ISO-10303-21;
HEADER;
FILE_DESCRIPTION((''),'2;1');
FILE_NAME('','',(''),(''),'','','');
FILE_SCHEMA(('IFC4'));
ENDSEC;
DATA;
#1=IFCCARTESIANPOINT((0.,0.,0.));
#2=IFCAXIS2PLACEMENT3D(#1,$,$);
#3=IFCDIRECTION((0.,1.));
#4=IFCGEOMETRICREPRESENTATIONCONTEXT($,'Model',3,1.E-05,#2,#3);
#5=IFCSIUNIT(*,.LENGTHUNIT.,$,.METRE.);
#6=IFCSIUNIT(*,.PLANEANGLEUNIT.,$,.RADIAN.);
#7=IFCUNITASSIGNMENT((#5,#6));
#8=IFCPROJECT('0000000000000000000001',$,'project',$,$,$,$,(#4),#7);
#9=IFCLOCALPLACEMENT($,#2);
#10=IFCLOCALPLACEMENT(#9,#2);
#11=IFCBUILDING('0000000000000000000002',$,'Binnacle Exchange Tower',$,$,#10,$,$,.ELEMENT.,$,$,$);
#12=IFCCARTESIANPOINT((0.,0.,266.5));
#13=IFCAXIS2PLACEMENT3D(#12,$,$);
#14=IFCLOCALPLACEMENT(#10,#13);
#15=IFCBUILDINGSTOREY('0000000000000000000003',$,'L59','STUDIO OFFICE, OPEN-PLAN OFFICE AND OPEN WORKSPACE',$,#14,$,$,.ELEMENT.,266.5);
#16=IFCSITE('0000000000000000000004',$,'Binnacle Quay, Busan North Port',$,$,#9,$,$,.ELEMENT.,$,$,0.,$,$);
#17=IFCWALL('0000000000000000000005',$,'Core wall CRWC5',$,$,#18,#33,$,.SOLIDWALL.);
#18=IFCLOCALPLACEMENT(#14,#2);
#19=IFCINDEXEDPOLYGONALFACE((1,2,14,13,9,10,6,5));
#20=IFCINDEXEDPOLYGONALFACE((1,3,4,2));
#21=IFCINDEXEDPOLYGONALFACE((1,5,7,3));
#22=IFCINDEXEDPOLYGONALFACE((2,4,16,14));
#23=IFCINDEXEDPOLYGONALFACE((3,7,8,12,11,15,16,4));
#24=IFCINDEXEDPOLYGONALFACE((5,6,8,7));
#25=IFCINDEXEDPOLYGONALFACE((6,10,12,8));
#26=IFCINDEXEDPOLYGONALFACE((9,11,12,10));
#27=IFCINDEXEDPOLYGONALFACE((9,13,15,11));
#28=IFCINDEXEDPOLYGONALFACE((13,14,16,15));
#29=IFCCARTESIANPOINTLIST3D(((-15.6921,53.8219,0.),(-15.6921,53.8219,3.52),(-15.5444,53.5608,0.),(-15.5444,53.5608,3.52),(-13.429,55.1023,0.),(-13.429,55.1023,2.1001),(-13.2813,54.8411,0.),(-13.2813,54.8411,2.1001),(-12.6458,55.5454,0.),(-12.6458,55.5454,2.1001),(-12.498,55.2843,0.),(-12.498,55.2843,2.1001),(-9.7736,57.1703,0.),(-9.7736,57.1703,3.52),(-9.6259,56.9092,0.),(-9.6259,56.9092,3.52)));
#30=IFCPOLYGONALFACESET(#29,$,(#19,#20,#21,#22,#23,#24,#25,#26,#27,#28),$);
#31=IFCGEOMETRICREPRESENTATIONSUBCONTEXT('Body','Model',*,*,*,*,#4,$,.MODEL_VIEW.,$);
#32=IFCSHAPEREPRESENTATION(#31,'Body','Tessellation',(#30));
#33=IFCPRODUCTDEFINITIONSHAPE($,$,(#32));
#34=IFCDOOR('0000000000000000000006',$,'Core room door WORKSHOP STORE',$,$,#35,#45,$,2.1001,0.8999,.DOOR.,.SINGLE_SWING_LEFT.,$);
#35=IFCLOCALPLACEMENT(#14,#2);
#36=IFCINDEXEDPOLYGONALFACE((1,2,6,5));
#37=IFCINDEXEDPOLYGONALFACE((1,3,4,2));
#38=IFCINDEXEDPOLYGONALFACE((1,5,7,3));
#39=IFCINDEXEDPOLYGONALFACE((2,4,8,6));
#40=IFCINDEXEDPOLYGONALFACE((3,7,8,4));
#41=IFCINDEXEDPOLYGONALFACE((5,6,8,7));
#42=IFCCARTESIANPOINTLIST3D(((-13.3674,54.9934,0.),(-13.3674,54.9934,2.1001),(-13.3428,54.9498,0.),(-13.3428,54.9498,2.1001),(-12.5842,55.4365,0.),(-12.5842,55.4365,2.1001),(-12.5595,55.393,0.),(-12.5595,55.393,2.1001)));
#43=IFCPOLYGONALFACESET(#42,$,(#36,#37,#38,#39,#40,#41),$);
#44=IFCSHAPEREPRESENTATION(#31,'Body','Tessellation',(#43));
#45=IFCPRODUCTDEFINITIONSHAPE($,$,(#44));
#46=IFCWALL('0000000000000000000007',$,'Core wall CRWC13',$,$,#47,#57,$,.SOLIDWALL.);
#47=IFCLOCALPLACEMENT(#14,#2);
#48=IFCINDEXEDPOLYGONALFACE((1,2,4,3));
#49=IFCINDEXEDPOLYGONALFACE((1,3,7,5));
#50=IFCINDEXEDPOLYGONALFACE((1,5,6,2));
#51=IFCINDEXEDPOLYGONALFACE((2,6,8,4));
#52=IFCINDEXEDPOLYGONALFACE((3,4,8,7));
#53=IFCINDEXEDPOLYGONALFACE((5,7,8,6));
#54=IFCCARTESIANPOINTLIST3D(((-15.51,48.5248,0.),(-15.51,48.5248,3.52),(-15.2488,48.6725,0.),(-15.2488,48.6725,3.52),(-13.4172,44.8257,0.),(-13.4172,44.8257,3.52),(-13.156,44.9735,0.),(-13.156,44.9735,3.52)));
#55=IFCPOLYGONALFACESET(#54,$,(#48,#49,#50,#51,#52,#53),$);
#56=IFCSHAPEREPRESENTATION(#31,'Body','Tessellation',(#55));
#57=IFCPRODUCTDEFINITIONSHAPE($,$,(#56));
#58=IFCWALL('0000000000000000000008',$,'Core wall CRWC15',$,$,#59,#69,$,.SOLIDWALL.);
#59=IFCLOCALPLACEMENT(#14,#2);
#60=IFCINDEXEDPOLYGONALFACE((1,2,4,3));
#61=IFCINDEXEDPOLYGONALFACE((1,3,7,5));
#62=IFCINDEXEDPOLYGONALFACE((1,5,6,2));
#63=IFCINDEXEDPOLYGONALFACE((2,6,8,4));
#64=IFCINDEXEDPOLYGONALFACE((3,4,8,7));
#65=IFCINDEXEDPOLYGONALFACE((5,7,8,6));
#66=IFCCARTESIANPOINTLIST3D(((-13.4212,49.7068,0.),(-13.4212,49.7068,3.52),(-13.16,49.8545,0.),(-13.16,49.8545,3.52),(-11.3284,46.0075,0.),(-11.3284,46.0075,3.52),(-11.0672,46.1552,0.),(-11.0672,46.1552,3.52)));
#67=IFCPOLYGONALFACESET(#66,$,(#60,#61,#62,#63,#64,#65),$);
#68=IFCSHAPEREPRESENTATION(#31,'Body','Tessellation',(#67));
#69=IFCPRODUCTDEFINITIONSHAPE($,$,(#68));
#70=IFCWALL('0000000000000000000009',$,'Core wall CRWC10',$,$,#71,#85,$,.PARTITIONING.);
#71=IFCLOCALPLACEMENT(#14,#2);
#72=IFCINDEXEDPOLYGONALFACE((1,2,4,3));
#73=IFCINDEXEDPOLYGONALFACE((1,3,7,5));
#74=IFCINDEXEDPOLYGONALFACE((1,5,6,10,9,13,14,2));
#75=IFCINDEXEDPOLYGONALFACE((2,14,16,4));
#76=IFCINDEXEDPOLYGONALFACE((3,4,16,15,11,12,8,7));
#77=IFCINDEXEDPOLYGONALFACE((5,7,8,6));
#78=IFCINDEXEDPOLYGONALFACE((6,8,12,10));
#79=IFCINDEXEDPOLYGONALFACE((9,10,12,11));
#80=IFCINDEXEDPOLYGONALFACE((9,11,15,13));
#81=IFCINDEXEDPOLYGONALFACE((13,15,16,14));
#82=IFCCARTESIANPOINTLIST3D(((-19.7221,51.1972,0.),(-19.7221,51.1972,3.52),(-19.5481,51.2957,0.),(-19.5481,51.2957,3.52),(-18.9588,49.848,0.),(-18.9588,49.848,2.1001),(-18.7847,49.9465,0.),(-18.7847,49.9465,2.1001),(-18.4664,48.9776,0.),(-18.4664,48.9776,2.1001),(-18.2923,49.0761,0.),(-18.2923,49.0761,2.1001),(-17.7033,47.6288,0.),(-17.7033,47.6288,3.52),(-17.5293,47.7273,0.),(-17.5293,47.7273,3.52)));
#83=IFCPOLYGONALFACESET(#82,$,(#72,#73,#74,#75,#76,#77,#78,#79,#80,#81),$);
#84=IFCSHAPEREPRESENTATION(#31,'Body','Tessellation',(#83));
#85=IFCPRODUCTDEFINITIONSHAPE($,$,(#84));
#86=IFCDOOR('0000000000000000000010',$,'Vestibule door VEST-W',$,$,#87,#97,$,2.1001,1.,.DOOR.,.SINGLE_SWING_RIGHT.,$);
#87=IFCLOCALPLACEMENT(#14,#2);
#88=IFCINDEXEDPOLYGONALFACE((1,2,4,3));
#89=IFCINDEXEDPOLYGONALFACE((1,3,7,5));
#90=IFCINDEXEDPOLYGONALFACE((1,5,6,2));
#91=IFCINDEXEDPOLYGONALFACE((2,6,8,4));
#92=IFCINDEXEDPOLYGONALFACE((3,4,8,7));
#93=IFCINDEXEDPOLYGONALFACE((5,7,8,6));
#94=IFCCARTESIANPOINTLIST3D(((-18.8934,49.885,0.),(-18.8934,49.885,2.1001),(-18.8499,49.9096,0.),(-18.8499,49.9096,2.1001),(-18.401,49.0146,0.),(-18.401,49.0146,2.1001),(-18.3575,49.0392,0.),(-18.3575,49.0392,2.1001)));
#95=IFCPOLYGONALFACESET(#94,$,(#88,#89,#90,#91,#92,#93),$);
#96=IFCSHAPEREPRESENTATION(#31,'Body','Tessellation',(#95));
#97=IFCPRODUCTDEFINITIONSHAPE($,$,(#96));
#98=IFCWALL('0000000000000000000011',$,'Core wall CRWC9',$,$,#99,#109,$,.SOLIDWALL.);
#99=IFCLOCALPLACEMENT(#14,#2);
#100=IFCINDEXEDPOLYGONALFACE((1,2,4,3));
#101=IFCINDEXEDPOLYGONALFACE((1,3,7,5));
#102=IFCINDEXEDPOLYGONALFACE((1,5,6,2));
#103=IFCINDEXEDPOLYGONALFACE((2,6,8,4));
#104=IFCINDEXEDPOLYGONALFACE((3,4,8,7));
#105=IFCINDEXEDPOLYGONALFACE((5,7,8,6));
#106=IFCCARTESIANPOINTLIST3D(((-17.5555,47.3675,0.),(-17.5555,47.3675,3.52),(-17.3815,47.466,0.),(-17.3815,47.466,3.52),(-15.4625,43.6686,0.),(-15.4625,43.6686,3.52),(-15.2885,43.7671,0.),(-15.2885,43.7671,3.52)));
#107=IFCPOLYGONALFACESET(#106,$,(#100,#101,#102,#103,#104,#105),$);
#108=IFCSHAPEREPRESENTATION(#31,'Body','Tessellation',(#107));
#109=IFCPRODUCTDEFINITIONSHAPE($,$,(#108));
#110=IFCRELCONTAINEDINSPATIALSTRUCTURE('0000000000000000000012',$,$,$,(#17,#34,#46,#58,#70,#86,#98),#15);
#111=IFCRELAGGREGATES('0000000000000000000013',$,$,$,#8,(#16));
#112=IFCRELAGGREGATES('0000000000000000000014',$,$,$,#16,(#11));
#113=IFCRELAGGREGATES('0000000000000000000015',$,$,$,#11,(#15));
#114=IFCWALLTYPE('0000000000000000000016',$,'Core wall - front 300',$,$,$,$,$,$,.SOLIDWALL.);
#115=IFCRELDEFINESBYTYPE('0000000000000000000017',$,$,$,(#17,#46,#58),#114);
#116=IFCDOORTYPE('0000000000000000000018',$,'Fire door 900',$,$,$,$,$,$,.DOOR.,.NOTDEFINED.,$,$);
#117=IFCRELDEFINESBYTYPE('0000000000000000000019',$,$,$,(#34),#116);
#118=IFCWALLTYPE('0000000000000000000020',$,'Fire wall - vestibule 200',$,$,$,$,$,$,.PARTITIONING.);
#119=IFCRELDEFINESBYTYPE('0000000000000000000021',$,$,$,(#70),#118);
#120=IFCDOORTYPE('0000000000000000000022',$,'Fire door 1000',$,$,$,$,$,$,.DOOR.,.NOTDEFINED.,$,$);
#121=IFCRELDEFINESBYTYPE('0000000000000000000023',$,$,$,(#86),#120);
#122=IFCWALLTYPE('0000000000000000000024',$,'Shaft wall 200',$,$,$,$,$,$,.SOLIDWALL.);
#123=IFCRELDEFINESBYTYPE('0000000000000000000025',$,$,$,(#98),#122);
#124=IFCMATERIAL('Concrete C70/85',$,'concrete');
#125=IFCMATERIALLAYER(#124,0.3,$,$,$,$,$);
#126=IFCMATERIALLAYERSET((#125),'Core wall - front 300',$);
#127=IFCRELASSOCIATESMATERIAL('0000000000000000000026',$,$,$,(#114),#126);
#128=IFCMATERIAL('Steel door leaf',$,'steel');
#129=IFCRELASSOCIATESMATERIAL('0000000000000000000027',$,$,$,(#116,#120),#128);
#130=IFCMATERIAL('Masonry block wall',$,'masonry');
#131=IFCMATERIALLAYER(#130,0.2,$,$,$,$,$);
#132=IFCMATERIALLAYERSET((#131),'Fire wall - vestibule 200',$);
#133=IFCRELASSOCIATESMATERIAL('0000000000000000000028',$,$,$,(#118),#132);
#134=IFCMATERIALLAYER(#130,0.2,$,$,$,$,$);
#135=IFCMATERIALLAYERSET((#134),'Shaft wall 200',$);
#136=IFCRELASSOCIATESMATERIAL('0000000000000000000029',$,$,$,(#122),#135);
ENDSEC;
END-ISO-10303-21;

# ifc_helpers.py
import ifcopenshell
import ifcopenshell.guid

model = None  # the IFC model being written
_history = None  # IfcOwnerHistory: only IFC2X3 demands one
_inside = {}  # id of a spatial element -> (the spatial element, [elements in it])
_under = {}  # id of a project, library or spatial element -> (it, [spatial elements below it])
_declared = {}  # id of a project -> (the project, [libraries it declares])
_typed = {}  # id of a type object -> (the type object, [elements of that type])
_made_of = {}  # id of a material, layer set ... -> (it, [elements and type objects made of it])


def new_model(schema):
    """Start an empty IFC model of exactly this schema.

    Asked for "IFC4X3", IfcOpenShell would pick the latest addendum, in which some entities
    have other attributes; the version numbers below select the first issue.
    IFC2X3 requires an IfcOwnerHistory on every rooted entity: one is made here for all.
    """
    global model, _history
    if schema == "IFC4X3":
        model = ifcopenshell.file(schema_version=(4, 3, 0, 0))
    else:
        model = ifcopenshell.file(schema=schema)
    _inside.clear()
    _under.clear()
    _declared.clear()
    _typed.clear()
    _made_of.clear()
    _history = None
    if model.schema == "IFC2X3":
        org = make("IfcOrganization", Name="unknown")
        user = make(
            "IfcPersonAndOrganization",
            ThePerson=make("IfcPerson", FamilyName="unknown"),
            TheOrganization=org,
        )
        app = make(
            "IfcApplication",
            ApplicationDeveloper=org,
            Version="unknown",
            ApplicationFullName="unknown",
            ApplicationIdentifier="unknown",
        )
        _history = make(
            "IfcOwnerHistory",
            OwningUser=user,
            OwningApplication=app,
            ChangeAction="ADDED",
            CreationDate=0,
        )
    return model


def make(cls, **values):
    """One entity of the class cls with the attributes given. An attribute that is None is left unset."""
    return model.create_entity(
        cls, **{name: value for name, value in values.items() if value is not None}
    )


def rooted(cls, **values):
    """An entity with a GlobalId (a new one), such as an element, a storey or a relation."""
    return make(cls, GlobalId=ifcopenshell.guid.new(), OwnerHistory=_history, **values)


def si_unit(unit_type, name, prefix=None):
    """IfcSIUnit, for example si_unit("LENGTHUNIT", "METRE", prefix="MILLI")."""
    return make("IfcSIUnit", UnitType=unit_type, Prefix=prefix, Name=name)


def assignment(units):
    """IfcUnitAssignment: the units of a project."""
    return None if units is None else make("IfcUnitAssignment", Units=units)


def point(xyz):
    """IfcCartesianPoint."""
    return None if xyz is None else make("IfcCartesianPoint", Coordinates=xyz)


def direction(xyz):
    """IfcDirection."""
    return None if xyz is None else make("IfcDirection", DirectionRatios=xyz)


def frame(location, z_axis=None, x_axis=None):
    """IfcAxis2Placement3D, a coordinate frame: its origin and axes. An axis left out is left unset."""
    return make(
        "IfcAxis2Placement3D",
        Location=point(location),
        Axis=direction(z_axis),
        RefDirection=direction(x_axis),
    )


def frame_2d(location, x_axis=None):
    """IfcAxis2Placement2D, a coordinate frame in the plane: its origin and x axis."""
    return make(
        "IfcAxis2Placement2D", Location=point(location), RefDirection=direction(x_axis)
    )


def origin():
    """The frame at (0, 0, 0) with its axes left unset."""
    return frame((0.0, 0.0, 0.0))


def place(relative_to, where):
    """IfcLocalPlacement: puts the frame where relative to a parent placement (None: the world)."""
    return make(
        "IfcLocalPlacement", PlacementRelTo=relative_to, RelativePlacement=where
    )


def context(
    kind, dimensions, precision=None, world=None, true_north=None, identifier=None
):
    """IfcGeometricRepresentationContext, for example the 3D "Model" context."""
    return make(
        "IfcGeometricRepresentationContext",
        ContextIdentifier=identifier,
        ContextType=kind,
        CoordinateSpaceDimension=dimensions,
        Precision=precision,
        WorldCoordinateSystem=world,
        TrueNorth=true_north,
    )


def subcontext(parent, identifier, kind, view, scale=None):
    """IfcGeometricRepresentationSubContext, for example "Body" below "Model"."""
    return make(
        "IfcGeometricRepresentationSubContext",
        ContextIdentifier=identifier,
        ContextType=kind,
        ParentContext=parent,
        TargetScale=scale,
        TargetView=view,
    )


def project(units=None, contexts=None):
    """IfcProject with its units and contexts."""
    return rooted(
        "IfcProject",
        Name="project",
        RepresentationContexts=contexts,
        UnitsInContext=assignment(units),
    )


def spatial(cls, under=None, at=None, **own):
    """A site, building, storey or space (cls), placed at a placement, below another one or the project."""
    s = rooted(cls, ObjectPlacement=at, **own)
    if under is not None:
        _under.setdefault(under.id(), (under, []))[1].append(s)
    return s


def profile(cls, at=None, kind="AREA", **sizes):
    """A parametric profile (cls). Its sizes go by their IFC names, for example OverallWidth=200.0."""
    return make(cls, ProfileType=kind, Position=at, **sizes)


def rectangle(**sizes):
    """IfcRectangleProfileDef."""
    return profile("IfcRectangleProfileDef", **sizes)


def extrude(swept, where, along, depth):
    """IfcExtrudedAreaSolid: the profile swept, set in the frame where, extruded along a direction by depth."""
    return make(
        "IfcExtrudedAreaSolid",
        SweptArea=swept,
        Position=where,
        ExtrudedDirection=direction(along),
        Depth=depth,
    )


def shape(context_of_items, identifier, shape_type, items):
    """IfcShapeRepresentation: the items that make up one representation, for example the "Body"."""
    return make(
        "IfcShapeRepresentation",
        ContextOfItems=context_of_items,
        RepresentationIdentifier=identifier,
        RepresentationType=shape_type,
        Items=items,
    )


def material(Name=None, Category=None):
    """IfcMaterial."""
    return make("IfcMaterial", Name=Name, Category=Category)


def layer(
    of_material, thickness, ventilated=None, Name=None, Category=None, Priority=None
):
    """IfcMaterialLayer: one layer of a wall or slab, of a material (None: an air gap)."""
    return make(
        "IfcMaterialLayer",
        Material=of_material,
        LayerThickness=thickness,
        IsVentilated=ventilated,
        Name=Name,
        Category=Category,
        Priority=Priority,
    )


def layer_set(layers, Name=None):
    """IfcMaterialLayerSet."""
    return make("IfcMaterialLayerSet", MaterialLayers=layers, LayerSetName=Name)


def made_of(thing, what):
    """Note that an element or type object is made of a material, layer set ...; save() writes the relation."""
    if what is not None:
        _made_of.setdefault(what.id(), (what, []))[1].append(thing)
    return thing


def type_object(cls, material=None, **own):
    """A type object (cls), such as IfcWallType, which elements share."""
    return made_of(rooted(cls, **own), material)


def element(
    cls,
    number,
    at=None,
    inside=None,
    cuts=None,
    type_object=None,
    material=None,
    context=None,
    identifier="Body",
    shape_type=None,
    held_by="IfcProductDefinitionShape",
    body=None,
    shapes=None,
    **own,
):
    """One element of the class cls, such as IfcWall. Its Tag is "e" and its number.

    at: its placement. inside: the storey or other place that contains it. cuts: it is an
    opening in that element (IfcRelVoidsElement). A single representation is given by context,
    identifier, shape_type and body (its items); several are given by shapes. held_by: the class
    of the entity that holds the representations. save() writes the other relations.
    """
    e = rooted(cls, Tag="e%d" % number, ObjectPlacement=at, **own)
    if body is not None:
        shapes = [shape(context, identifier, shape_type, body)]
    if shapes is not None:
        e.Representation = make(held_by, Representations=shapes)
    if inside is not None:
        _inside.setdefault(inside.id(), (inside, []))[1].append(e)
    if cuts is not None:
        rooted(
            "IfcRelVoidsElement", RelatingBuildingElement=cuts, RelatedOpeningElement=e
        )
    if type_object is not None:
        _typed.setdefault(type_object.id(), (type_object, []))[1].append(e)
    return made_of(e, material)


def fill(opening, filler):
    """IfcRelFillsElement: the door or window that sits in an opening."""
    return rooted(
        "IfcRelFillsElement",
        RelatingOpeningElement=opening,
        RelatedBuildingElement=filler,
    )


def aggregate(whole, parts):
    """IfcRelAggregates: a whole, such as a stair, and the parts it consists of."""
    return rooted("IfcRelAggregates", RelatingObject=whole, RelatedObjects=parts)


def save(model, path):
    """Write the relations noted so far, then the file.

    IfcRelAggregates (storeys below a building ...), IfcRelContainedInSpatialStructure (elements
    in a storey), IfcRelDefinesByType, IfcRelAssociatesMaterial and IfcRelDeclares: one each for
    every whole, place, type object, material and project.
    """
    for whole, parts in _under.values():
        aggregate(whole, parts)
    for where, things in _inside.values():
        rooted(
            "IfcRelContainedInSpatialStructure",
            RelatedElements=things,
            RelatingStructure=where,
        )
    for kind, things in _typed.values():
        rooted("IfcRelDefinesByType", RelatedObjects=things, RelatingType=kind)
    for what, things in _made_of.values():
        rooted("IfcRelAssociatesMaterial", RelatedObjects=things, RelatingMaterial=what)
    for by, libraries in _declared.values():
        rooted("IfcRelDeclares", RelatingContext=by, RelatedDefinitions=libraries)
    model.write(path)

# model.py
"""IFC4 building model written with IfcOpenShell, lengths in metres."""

from ifc_helpers import new_model, si_unit, direction, frame, frame_2d, origin, place, context, subcontext, project, spatial, rectangle, extrude, material, layer, layer_set, type_object, element, fill, save


model = new_model("IFC4")

# Units and contexts
model_context = context("Model", 3, precision=1e-05, world=origin(), true_north=direction((0.0, 1.0)))
body_context = subcontext(model_context, "Body", "Model", "MODEL_VIEW")
ifc_project = project(units=[si_unit("LENGTHUNIT", "METRE"), si_unit("PLANEANGLEUNIT", "RADIAN")], contexts=[model_context])

# Site, building, storey
site_placement = place(None, origin())
site = spatial("IfcSite", under=ifc_project, at=site_placement, Name="Binnacle Quay, Busan North Port", CompositionType="ELEMENT", RefElevation=0.0)
building_placement = place(site_placement, origin())
building = spatial("IfcBuilding", under=site, at=building_placement, Name="Binnacle Exchange Tower", CompositionType="ELEMENT")
storey_placement = place(building_placement, frame((0.0, 0.0, 266.5)))
storey = spatial("IfcBuildingStorey", under=building, at=storey_placement, Name="L59", Description="STUDIO OFFICE, OPEN-PLAN OFFICE AND OPEN WORKSPACE", CompositionType="ELEMENT", Elevation=266.5)

# Shared definitions
ifc_material_1 = material(Name="Concrete C70/85", Category="concrete")
ifc_layer_1 = layer(ifc_material_1, 0.3)
ifc_layer_set_1 = layer_set([ifc_layer_1], Name="Core wall - front 300")
wall_type_1 = type_object("IfcWallType", Name="Core wall - front 300", PredefinedType="SOLIDWALL", material=ifc_layer_set_1)
ifc_material_2 = material(Name="Steel door leaf", Category="steel")
door_type_1 = type_object("IfcDoorType", Name="Fire door 900", OperationType="NOTDEFINED", PredefinedType="DOOR", material=ifc_material_2)

# Wall, opening, door
wall_1_placement = place(storey_placement, frame((-15.6182, 53.6914, 0.0), z_axis=(0.0, 0.0, 1.0), x_axis=(0.870363, 0.492411, 0.0)))
wall_1 = element("IfcWall", 1, at=wall_1_placement, inside=storey, type_object=wall_type_1, Name="Core wall CRWC5", PredefinedType="SOLIDWALL", context=body_context, shape_type="SweptSolid", body=[
    extrude(rectangle(XDim=6.8, YDim=0.3, at=frame_2d((3.3999, 0.0))), origin(), (0.0, 0.0, 1.0), 3.52),
])
opening_1_placement = place(wall_1_placement, frame((2.6001, 0.0, 0.0)))
opening_1 = element("IfcOpeningElement", 2, at=opening_1_placement, cuts=wall_1, PredefinedType="OPENING", context=body_context, shape_type="SweptSolid", body=[
    extrude(rectangle(XDim=0.8999, YDim=2.1001, at=frame_2d((0.45, 1.05))), frame((0.0, 0.1599, 0.0), z_axis=(0.0, -1.0, 0.0), x_axis=(1.0, 0.0, 0.0)), (0.0, 0.0, 1.0), 0.3201),
])
door_1_placement = place(opening_1_placement, origin())
door_1 = element("IfcDoor", 3, at=door_1_placement, inside=storey, type_object=door_type_1, Name="Core room door WORKSHOP STORE", OperationType="SINGLE_SWING_LEFT", OverallHeight=2.1001, OverallWidth=0.8999, PredefinedType="DOOR", context=body_context, shape_type="SweptSolid", body=[
    extrude(rectangle(XDim=0.8999, YDim=2.1001, at=frame_2d((0.45, 1.05))), frame((0.0, 0.0249, 0.0), z_axis=(0.0, -1.0, 0.0), x_axis=(1.0, 0.0, 0.0)), (0.0, 0.0, 1.0), 0.05),
])
fill(opening_1, door_1)

# Walls
wall_2_placement = place(storey_placement, frame((-15.3794, 48.5986, 0.0), z_axis=(0.0, 0.0, 1.0), x_axis=(0.492423, -0.870356, 0.0)))
element("IfcWall", 4, at=wall_2_placement, inside=storey, type_object=wall_type_1, Name="Core wall CRWC13", PredefinedType="SOLIDWALL", context=body_context, shape_type="SweptSolid", body=[
    extrude(rectangle(XDim=4.25, YDim=0.3, at=frame_2d((2.125, 0.0))), origin(), (0.0, 0.0, 1.0), 3.52),
])
wall_3_placement = place(storey_placement, frame((-13.2905, 49.7805, 0.0), z_axis=(0.0, 0.0, 1.0), x_axis=(0.492398, -0.87037, 0.0)))
element("IfcWall", 5, at=wall_3_placement, inside=storey, type_object=wall_type_1, Name="Core wall CRWC15", PredefinedType="SOLIDWALL", context=body_context, shape_type="SweptSolid", body=[
    extrude(rectangle(XDim=4.2502, YDim=0.3, at=frame_2d((2.125, 0.0))), origin(), (0.0, 0.0, 1.0), 3.52),
])

# Wall, opening, door
ifc_material_3 = material(Name="Masonry block wall", Category="masonry")
ifc_layer_2 = layer(ifc_material_3, 0.2)
ifc_layer_set_2 = layer_set([ifc_layer_2], Name="Fire wall - vestibule 200")
wall_type_2 = type_object("IfcWallType", Name="Fire wall - vestibule 200", PredefinedType="PARTITIONING", material=ifc_layer_set_2)
wall_4_placement = place(storey_placement, frame((-19.635, 51.2463, 0.0), z_axis=(0.0, 0.0, 1.0), x_axis=(0.492408, -0.870364, 0.0)))
wall_4 = element("IfcWall", 6, at=wall_4_placement, inside=storey, type_object=wall_type_2, Name="Core wall CRWC10", PredefinedType="PARTITIONING", context=body_context, shape_type="SweptSolid", body=[
    extrude(rectangle(XDim=4.0999, YDim=0.2, at=frame_2d((2.0498, 0.0))), origin(), (0.0, 0.0, 1.0), 3.52),
])
opening_2_placement = place(wall_4_placement, frame((1.55, 0.0, 0.0)))
opening_2 = element("IfcOpeningElement", 7, at=opening_2_placement, cuts=wall_4, PredefinedType="OPENING", context=body_context, shape_type="SweptSolid", body=[
    extrude(rectangle(XDim=1.0, YDim=2.1001, at=frame_2d((0.5, 1.05))), frame((0.0, 0.1099, 0.0), z_axis=(0.0, -1.0, 0.0), x_axis=(1.0, 0.0, 0.0)), (0.0, 0.0, 1.0), 0.22),
])
door_type_2 = type_object("IfcDoorType", Name="Fire door 1000", OperationType="NOTDEFINED", PredefinedType="DOOR", material=ifc_material_2)
door_2_placement = place(opening_2_placement, frame((1.0, 0.0, 0.0), z_axis=(0.0, 0.0, 1.0), x_axis=(-1.0, 0.0, 0.0)))
door_2 = element("IfcDoor", 8, at=door_2_placement, inside=storey, type_object=door_type_2, Name="Vestibule door VEST-W", OperationType="SINGLE_SWING_RIGHT", OverallHeight=2.1001, OverallWidth=1.0, PredefinedType="DOOR", context=body_context, shape_type="SweptSolid", body=[
    extrude(rectangle(XDim=1.0, YDim=2.1001, at=frame_2d((0.5, 1.05))), frame((0.0, 0.0249, 0.0), z_axis=(0.0, -1.0, 0.0), x_axis=(1.0, 0.0, 0.0)), (0.0, 0.0, 1.0), 0.05),
])
fill(opening_2, door_2)

# Wall
ifc_layer_3 = layer(ifc_material_3, 0.2)
ifc_layer_set_3 = layer_set([ifc_layer_3], Name="Shaft wall 200")
wall_type_3 = type_object("IfcWallType", Name="Shaft wall 200", PredefinedType="SOLIDWALL", material=ifc_layer_set_3)
wall_5_placement = place(storey_placement, frame((-17.4685, 47.4167, 0.0), z_axis=(0.0, 0.0, 1.0), x_axis=(0.492466, -0.870332, 0.0)))
element("IfcWall", 9, at=wall_5_placement, inside=storey, type_object=wall_type_3, Name="Core wall CRWC9", PredefinedType="SOLIDWALL", context=body_context, shape_type="SweptSolid", body=[
    extrude(rectangle(XDim=4.25, YDim=0.2, at=frame_2d((2.125, 0.0))), origin(), (0.0, 0.0, 1.0), 3.52),
])

save(model, "model.ifc")
